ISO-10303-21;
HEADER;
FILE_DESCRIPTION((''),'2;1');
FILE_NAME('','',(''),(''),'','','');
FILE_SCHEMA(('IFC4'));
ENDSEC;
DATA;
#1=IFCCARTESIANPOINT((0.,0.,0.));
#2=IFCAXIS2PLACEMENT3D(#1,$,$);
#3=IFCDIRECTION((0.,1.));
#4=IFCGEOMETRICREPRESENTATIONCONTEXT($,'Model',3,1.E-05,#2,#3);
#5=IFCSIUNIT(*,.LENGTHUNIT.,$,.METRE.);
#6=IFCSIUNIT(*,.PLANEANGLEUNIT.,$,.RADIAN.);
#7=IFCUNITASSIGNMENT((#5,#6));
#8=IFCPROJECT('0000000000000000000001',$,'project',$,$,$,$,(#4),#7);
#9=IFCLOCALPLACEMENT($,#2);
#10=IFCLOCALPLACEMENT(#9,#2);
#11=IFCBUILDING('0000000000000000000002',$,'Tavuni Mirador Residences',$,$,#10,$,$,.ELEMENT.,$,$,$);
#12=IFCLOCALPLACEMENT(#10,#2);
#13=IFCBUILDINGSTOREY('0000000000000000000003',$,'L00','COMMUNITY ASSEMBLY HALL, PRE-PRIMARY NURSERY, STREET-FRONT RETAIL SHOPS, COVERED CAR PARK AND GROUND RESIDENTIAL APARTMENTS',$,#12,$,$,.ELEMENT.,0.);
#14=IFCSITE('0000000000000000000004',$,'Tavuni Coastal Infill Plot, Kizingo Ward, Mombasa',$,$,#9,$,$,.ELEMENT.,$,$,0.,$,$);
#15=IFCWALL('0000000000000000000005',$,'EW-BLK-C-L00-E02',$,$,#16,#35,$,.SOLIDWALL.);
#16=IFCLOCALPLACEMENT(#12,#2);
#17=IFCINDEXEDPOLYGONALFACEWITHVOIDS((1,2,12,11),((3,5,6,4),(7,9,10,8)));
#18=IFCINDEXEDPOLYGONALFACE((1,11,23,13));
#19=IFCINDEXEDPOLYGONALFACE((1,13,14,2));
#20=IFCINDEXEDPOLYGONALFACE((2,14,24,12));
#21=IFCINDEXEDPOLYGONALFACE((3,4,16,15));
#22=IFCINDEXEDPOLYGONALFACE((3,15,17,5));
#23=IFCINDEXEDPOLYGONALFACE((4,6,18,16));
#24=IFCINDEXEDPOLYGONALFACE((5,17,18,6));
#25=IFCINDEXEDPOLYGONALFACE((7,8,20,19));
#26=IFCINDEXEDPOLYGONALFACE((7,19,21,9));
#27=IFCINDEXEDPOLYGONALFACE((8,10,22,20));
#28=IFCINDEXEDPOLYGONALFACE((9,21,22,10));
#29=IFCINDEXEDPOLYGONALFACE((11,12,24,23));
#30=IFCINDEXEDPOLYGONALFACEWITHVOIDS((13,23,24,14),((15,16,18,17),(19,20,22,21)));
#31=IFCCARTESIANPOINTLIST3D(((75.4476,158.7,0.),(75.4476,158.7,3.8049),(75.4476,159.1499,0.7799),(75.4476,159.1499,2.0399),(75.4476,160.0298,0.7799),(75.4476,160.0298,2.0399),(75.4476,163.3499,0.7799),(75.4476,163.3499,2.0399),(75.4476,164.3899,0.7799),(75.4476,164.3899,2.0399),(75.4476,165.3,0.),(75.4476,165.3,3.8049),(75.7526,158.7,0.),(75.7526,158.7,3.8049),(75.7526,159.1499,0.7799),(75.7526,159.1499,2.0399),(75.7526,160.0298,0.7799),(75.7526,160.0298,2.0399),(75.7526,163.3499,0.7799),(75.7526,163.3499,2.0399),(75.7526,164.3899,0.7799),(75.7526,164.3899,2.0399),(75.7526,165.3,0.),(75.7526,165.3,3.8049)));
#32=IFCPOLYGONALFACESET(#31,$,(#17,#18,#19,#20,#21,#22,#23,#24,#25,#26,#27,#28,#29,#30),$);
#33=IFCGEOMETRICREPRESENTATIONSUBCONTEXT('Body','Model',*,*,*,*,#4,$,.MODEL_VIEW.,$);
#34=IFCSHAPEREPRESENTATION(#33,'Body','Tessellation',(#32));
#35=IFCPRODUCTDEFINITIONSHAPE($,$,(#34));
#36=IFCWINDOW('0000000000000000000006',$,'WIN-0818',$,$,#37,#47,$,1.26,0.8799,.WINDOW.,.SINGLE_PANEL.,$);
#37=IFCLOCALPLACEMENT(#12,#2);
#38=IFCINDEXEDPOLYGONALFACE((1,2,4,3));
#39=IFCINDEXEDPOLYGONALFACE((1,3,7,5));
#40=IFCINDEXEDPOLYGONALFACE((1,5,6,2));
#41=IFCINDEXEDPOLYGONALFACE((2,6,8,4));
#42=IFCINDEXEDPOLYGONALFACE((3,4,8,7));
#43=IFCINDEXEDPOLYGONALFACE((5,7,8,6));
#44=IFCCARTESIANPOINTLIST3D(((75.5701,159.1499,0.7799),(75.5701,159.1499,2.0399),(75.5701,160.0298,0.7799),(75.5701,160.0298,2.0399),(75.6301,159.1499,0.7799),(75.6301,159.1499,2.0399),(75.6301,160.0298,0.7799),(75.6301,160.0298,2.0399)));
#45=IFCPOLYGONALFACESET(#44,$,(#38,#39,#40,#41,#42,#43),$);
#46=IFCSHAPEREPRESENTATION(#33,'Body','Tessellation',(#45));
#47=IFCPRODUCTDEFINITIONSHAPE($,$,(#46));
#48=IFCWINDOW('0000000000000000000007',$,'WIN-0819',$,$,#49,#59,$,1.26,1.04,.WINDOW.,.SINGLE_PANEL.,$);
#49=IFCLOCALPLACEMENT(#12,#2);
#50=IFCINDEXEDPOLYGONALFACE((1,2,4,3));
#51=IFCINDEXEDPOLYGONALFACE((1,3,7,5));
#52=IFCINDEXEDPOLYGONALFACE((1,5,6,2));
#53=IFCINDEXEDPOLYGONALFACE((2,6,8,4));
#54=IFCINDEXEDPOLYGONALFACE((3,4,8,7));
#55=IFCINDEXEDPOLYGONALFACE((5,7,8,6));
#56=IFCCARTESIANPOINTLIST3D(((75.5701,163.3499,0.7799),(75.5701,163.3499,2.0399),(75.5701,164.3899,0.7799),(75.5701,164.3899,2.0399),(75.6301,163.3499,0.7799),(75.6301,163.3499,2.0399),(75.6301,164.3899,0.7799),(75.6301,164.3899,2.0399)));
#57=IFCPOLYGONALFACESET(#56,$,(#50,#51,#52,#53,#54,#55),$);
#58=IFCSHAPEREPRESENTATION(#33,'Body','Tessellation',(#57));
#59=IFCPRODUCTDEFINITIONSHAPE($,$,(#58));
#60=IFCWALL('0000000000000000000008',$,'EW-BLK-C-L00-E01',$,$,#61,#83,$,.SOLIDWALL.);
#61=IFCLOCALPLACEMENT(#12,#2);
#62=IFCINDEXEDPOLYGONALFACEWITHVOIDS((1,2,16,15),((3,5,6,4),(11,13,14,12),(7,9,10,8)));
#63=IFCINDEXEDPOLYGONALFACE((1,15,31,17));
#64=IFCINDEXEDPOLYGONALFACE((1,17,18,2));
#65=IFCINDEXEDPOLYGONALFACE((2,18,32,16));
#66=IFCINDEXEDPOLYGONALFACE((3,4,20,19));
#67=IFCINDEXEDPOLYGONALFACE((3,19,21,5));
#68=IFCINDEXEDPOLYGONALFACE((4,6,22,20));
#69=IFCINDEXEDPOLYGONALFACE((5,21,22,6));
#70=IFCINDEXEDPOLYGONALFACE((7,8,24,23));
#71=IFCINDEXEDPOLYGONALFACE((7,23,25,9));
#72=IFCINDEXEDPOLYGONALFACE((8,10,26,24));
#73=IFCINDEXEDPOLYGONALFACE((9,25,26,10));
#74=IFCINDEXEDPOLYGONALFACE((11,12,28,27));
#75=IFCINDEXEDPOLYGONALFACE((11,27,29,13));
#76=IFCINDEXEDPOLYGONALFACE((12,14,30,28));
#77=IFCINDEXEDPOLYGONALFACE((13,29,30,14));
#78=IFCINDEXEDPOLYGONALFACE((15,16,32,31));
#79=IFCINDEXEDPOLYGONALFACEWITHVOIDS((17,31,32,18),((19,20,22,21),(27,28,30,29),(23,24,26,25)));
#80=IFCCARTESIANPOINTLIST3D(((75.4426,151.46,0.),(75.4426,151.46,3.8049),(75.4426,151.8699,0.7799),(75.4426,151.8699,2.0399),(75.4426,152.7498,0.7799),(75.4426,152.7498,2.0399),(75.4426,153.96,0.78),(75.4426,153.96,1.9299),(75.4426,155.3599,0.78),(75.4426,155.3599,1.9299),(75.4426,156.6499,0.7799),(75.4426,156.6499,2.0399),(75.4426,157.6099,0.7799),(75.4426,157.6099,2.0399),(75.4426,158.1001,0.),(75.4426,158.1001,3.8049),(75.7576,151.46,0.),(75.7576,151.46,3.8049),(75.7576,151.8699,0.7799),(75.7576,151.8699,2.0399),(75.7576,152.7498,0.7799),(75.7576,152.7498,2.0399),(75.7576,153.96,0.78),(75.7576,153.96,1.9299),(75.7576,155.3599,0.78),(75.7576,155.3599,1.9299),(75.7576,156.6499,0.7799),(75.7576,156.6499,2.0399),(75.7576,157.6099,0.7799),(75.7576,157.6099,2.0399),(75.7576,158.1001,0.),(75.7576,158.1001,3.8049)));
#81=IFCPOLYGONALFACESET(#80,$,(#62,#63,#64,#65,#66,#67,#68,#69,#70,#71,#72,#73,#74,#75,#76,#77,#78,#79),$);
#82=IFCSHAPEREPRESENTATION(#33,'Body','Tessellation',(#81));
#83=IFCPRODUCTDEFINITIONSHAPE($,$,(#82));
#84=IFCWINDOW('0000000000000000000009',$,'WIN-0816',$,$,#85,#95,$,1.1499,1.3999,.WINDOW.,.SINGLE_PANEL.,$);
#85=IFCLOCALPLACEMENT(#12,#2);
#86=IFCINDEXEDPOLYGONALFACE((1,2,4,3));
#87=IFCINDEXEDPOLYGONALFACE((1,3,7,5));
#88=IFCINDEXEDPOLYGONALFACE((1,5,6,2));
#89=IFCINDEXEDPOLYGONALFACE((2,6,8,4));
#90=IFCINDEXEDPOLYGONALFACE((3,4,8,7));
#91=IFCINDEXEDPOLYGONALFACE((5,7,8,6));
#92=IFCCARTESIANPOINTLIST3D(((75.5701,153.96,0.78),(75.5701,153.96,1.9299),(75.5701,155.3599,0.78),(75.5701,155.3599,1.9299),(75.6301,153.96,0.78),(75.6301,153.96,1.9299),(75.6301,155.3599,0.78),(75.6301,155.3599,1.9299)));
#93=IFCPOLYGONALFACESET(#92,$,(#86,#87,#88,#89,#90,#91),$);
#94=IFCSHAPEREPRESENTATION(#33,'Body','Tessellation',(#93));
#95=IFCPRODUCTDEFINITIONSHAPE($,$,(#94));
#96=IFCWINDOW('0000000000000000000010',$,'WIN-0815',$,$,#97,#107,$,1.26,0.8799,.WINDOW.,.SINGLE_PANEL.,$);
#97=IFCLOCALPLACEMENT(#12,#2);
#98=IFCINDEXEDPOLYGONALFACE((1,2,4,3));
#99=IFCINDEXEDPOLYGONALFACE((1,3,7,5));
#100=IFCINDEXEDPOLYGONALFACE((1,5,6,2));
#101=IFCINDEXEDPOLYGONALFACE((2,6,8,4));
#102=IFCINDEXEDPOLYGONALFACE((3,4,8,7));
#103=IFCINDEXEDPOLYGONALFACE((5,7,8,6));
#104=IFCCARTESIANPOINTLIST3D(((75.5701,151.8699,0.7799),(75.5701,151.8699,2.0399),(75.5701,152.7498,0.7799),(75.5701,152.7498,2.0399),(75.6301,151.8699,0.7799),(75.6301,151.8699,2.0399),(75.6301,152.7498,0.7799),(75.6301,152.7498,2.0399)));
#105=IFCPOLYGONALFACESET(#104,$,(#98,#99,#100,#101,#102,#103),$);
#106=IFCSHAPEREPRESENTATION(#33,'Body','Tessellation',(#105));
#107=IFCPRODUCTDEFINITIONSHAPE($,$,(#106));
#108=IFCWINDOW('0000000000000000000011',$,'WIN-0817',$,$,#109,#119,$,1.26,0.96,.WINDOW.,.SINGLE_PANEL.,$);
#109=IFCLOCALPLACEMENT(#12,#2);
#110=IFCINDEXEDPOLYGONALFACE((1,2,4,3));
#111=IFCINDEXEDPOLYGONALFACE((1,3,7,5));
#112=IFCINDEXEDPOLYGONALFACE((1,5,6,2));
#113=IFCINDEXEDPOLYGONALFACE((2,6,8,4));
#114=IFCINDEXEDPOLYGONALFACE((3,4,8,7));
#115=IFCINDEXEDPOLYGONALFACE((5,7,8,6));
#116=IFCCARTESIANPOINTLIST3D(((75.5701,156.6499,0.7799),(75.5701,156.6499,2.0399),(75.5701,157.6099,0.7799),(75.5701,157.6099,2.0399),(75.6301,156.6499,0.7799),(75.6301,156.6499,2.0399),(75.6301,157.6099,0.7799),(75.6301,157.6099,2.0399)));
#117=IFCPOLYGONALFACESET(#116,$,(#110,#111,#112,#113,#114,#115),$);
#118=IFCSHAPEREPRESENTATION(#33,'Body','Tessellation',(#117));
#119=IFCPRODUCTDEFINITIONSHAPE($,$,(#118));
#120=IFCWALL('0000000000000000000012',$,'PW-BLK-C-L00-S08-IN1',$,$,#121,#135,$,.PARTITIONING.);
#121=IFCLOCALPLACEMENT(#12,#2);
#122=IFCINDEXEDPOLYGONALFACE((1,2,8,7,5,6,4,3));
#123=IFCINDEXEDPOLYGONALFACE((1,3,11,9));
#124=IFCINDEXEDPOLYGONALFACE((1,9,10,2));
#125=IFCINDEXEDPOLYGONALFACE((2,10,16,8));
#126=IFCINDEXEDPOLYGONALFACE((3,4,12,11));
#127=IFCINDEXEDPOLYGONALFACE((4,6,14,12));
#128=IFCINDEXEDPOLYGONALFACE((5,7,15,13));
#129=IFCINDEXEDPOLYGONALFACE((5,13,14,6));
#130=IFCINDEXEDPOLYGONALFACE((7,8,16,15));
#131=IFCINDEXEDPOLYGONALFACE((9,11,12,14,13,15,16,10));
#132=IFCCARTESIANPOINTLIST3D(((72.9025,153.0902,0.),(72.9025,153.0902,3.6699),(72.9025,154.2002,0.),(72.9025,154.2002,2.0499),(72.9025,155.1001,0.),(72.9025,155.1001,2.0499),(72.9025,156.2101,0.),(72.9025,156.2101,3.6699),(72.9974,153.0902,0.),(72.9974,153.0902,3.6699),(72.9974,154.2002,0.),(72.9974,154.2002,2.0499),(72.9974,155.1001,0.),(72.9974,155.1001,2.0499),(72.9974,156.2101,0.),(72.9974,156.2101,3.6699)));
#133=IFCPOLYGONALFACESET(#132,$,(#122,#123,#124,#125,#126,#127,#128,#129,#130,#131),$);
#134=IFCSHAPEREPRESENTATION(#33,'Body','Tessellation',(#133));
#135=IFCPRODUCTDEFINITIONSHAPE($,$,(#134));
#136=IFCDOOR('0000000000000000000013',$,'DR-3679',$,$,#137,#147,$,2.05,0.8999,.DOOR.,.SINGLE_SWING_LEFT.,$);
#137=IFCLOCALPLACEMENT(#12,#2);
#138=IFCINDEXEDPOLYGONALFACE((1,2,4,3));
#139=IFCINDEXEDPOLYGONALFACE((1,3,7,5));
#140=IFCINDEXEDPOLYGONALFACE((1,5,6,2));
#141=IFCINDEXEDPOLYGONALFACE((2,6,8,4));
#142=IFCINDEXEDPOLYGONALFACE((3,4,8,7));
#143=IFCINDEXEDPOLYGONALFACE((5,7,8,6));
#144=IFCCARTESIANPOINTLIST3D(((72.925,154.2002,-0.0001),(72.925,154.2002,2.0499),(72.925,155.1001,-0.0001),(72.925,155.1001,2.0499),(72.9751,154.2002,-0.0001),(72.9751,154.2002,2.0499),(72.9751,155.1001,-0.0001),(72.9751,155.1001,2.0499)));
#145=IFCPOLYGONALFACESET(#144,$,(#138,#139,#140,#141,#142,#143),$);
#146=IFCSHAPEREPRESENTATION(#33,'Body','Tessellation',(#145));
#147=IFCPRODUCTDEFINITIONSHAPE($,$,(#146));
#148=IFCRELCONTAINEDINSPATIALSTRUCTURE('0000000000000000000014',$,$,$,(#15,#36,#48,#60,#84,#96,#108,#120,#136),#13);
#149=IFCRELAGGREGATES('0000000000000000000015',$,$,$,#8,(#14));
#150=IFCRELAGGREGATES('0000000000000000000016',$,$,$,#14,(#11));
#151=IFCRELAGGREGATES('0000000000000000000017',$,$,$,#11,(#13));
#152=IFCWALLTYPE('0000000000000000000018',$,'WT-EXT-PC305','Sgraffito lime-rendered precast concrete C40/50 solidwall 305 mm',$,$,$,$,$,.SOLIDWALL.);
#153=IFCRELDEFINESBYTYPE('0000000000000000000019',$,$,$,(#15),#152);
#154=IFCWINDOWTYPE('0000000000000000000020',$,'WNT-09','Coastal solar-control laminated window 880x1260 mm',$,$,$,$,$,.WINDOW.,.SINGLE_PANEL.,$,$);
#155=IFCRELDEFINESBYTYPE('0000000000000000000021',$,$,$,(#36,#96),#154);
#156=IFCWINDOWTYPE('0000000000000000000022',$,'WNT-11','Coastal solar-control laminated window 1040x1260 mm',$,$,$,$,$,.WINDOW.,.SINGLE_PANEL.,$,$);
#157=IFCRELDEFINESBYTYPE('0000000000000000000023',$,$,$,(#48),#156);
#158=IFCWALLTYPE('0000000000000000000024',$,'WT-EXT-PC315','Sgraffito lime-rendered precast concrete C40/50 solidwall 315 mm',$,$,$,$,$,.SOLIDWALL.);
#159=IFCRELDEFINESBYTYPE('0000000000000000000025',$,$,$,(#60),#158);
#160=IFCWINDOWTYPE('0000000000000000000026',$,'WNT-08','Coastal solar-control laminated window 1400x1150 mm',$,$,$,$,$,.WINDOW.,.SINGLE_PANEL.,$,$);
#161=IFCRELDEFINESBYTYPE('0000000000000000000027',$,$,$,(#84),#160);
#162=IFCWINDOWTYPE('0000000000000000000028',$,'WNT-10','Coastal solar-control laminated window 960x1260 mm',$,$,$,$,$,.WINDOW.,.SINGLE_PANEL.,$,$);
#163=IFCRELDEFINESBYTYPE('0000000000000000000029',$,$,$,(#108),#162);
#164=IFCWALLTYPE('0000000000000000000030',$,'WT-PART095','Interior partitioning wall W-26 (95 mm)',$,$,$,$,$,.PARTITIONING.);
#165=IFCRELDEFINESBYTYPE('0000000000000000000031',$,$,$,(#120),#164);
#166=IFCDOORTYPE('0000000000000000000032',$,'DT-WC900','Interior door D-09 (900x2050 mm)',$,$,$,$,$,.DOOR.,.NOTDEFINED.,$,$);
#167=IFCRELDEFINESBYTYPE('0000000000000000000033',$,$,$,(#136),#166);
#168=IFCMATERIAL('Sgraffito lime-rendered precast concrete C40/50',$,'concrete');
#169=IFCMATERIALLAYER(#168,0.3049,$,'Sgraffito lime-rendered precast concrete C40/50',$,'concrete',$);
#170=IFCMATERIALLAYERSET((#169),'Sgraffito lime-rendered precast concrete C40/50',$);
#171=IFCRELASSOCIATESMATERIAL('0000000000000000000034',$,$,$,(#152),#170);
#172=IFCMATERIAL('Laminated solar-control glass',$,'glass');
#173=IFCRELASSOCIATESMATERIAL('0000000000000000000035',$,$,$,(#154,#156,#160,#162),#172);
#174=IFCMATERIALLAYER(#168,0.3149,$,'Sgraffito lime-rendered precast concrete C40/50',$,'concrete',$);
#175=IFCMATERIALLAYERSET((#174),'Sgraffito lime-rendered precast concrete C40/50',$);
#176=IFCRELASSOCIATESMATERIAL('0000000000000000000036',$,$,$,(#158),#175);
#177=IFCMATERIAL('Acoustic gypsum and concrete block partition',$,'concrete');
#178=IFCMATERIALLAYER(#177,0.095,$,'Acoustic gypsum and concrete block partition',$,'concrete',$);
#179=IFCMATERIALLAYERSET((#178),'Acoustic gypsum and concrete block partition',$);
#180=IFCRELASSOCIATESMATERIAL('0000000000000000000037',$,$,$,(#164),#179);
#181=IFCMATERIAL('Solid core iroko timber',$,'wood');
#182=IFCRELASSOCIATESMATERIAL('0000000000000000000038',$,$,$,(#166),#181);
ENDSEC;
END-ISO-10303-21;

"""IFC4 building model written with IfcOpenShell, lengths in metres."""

from ifc_helpers import new_model, si_unit, direction, frame, frame_2d, origin, place, context, subcontext, project, spatial, rectangle, extrude, material, layer, layer_set, type_object, element, fill, save


model = new_model("IFC4")

# Units and contexts
model_context = context("Model", 3, precision=1e-05, world=origin(), true_north=direction((0.0, 1.0)))
body_context = subcontext(model_context, "Body", "Model", "MODEL_VIEW")
ifc_project = project(units=[si_unit("LENGTHUNIT", "METRE"), si_unit("PLANEANGLEUNIT", "RADIAN")], contexts=[model_context])

# Site, building, storey
site_placement = place(None, origin())
site = spatial("IfcSite", under=ifc_project, at=site_placement, Name="Tavuni Coastal Infill Plot, Kizingo Ward, Mombasa", CompositionType="ELEMENT", RefElevation=0.0)
building_placement = place(site_placement, origin())
building = spatial("IfcBuilding", under=site, at=building_placement, Name="Tavuni Mirador Residences", CompositionType="ELEMENT")
storey_placement = place(building_placement, origin())
storey = spatial("IfcBuildingStorey", under=building, at=storey_placement, Name="L00", Description="COMMUNITY ASSEMBLY HALL, PRE-PRIMARY NURSERY, STREET-FRONT RETAIL SHOPS, COVERED CAR PARK AND GROUND RESIDENTIAL APARTMENTS", CompositionType="ELEMENT", Elevation=0.0)

# Shared definitions
ifc_material_1 = material(Name="Solid core iroko timber", Category="wood")

# Walls, openings, windows
ifc_material_2 = material(Name="Sgraffito lime-rendered precast concrete C40/50", Category="concrete")
ifc_layer_1 = layer(ifc_material_2, 0.3049, Name="Sgraffito lime-rendered precast concrete C40/50", Category="concrete")
ifc_layer_set_1 = layer_set([ifc_layer_1], Name="Sgraffito lime-rendered precast concrete C40/50")
wall_type_1 = type_object("IfcWallType", Name="WT-EXT-PC305", Description="Sgraffito lime-rendered precast concrete C40/50 solidwall 305 mm", PredefinedType="SOLIDWALL", material=ifc_layer_set_1)
wall_1_placement = place(storey_placement, frame((75.6001, 158.7, 0.0), z_axis=(0.0, 0.0, 1.0), x_axis=(0.0, 1.0, 0.0)))
wall_1 = element("IfcWall", 1, at=wall_1_placement, inside=storey, type_object=wall_type_1, Name="EW-BLK-C-L00-E02", PredefinedType="SOLIDWALL", context=body_context, shape_type="SweptSolid", body=[
    extrude(rectangle(XDim=6.6001, YDim=0.3049, at=frame_2d((3.3, 0.0))), origin(), (0.0, 0.0, 1.0), 3.8049),
])
opening_1_placement = place(wall_1_placement, frame((0.45, 0.0, 0.78)))
opening_1 = element("IfcOpeningElement", 2, at=opening_1_placement, cuts=wall_1, PredefinedType="OPENING", context=body_context, shape_type="SweptSolid", body=[
    extrude(rectangle(XDim=0.8799, YDim=1.26, at=frame_2d((0.4399, 0.6299))), frame((0.0, 0.1626, 0.0), z_axis=(0.0, -1.0, 0.0), x_axis=(1.0, 0.0, 0.0)), (0.0, 0.0, 1.0), 0.325),
])
opening_2_placement = place(wall_1_placement, frame((4.6499, 0.0, 0.78)))
opening_2 = element("IfcOpeningElement", 3, at=opening_2_placement, cuts=wall_1, PredefinedType="OPENING", context=body_context, shape_type="SweptSolid", body=[
    extrude(rectangle(XDim=1.04, YDim=1.26, at=frame_2d((0.52, 0.6299))), frame((0.0, 0.1626, 0.0), z_axis=(0.0, -1.0, 0.0), x_axis=(1.0, 0.0, 0.0)), (0.0, 0.0, 1.0), 0.325),
])
ifc_material_3 = material(Name="Laminated solar-control glass", Category="glass")
window_type_1 = type_object("IfcWindowType", Name="WNT-09", Description="Coastal solar-control laminated window 880x1260 mm", PartitioningType="SINGLE_PANEL", PredefinedType="WINDOW", material=ifc_material_3)
window_1_placement = place(opening_1_placement, origin())
window_1 = element("IfcWindow", 4, at=window_1_placement, inside=storey, type_object=window_type_1, Name="WIN-0818", OverallHeight=1.26, OverallWidth=0.8799, PartitioningType="SINGLE_PANEL", PredefinedType="WINDOW", context=body_context, shape_type="SweptSolid", body=[
    extrude(rectangle(XDim=0.8799, YDim=1.26, at=frame_2d((0.4399, 0.6299))), frame((0.0, 0.03, 0.0), z_axis=(0.0, -1.0, 0.0), x_axis=(1.0, 0.0, 0.0)), (0.0, 0.0, 1.0), 0.0601),
])
fill(opening_1, window_1)
window_type_2 = type_object("IfcWindowType", Name="WNT-11", Description="Coastal solar-control laminated window 1040x1260 mm", PartitioningType="SINGLE_PANEL", PredefinedType="WINDOW", material=ifc_material_3)
window_2_placement = place(opening_2_placement, origin())
window_2 = element("IfcWindow", 5, at=window_2_placement, inside=storey, type_object=window_type_2, Name="WIN-0819", OverallHeight=1.26, OverallWidth=1.04, PartitioningType="SINGLE_PANEL", PredefinedType="WINDOW", context=body_context, shape_type="SweptSolid", body=[
    extrude(rectangle(XDim=1.04, YDim=1.26, at=frame_2d((0.52, 0.6299))), frame((0.0, 0.03, 0.0), z_axis=(0.0, -1.0, 0.0), x_axis=(1.0, 0.0, 0.0)), (0.0, 0.0, 1.0), 0.0601),
])
fill(opening_2, window_2)
ifc_layer_2 = layer(ifc_material_2, 0.3149, Name="Sgraffito lime-rendered precast concrete C40/50", Category="concrete")
ifc_layer_set_2 = layer_set([ifc_layer_2], Name="Sgraffito lime-rendered precast concrete C40/50")
wall_type_2 = type_object("IfcWallType", Name="WT-EXT-PC315", Description="Sgraffito lime-rendered precast concrete C40/50 solidwall 315 mm", PredefinedType="SOLIDWALL", material=ifc_layer_set_2)
wall_2_placement = place(storey_placement, frame((75.6001, 151.46, 0.0), z_axis=(0.0, 0.0, 1.0), x_axis=(0.0, 1.0, 0.0)))
wall_2 = element("IfcWall", 6, at=wall_2_placement, inside=storey, type_object=wall_type_2, Name="EW-BLK-C-L00-E01", PredefinedType="SOLIDWALL", context=body_context, shape_type="SweptSolid", body=[
    extrude(rectangle(XDim=6.6401, YDim=0.3149, at=frame_2d((3.3201, 0.0))), origin(), (0.0, 0.0, 1.0), 3.8049),
])
opening_3_placement = place(wall_2_placement, frame((0.4099, 0.0, 0.78)))
opening_3 = element("IfcOpeningElement", 7, at=opening_3_placement, cuts=wall_2, PredefinedType="OPENING", context=body_context, shape_type="SweptSolid", body=[
    extrude(rectangle(XDim=0.8799, YDim=1.26, at=frame_2d((0.4399, 0.6299))), frame((0.0, 0.1675, 0.0), z_axis=(0.0, -1.0, 0.0), x_axis=(1.0, 0.0, 0.0)), (0.0, 0.0, 1.0), 0.335),
])
opening_4_placement = place(wall_2_placement, frame((2.5, 0.0, 0.78)))
opening_4 = element("IfcOpeningElement", 8, at=opening_4_placement, cuts=wall_2, PredefinedType="OPENING", context=body_context, shape_type="SweptSolid", body=[
    extrude(rectangle(XDim=1.3999, YDim=1.1499, at=frame_2d((0.7, 0.575))), frame((0.0, 0.1675, 0.0), z_axis=(0.0, -1.0, 0.0), x_axis=(1.0, 0.0, 0.0)), (0.0, 0.0, 1.0), 0.335),
])
opening_5_placement = place(wall_2_placement, frame((5.1899, 0.0, 0.78)))
opening_5 = element("IfcOpeningElement", 9, at=opening_5_placement, cuts=wall_2, PredefinedType="OPENING", context=body_context, shape_type="SweptSolid", body=[
    extrude(rectangle(XDim=0.96, YDim=1.26, at=frame_2d((0.48, 0.6299))), frame((0.0, 0.1675, 0.0), z_axis=(0.0, -1.0, 0.0), x_axis=(1.0, 0.0, 0.0)), (0.0, 0.0, 1.0), 0.335),
])
window_type_3 = type_object("IfcWindowType", Name="WNT-08", Description="Coastal solar-control laminated window 1400x1150 mm", PartitioningType="SINGLE_PANEL", PredefinedType="WINDOW", material=ifc_material_3)
window_3_placement = place(opening_4_placement, origin())
window_3 = element("IfcWindow", 10, at=window_3_placement, inside=storey, type_object=window_type_3, Name="WIN-0816", OverallHeight=1.1499, OverallWidth=1.3999, PartitioningType="SINGLE_PANEL", PredefinedType="WINDOW", context=body_context, shape_type="SweptSolid", body=[
    extrude(rectangle(XDim=1.3999, YDim=1.1499, at=frame_2d((0.7, 0.575))), frame((0.0, 0.03, 0.0), z_axis=(0.0, -1.0, 0.0), x_axis=(1.0, 0.0, 0.0)), (0.0, 0.0, 1.0), 0.0601),
])
fill(opening_4, window_3)
window_4_placement = place(opening_3_placement, origin())
window_4 = element("IfcWindow", 11, at=window_4_placement, inside=storey, type_object=window_type_1, Name="WIN-0815", OverallHeight=1.26, OverallWidth=0.8799, PartitioningType="SINGLE_PANEL", PredefinedType="WINDOW", context=body_context, shape_type="SweptSolid", body=[
    extrude(rectangle(XDim=0.8799, YDim=1.26, at=frame_2d((0.4399, 0.6299))), frame((0.0, 0.03, 0.0), z_axis=(0.0, -1.0, 0.0), x_axis=(1.0, 0.0, 0.0)), (0.0, 0.0, 1.0), 0.0601),
])
fill(opening_3, window_4)
window_type_4 = type_object("IfcWindowType", Name="WNT-10", Description="Coastal solar-control laminated window 960x1260 mm", PartitioningType="SINGLE_PANEL", PredefinedType="WINDOW", material=ifc_material_3)
window_5_placement = place(opening_5_placement, origin())
window_5 = element("IfcWindow", 12, at=window_5_placement, inside=storey, type_object=window_type_4, Name="WIN-0817", OverallHeight=1.26, OverallWidth=0.96, PartitioningType="SINGLE_PANEL", PredefinedType="WINDOW", context=body_context, shape_type="SweptSolid", body=[
    extrude(rectangle(XDim=0.96, YDim=1.26, at=frame_2d((0.48, 0.6299))), frame((0.0, 0.03, 0.0), z_axis=(0.0, -1.0, 0.0), x_axis=(1.0, 0.0, 0.0)), (0.0, 0.0, 1.0), 0.0601),
])
fill(opening_5, window_5)

# Wall, opening, door
ifc_material_4 = material(Name="Acoustic gypsum and concrete block partition", Category="concrete")
ifc_layer_3 = layer(ifc_material_4, 0.095, Name="Acoustic gypsum and concrete block partition", Category="concrete")
ifc_layer_set_3 = layer_set([ifc_layer_3], Name="Acoustic gypsum and concrete block partition")
wall_type_3 = type_object("IfcWallType", Name="WT-PART095", Description="Interior partitioning wall W-26 (95 mm)", PredefinedType="PARTITIONING", material=ifc_layer_set_3)
wall_3_placement = place(storey_placement, frame((72.95, 153.0901, 0.0), z_axis=(0.0, 0.0, 1.0), x_axis=(0.0, 1.0, 0.0)))
wall_3 = element("IfcWall", 13, at=wall_3_placement, inside=storey, type_object=wall_type_3, Name="PW-BLK-C-L00-S08-IN1", PredefinedType="PARTITIONING", context=body_context, shape_type="SweptSolid", body=[
    extrude(rectangle(XDim=3.1199, YDim=0.095, at=frame_2d((1.5601, 0.0))), origin(), (0.0, 0.0, 1.0), 3.6699),
])
opening_6_placement = place(wall_3_placement, frame((1.1101, 0.0, 0.0)))
opening_6 = element("IfcOpeningElement", 14, at=opening_6_placement, cuts=wall_3, PredefinedType="OPENING", context=body_context, shape_type="SweptSolid", body=[
    extrude(rectangle(XDim=0.8999, YDim=2.05, at=frame_2d((0.45, 1.0249))), frame((0.0, 0.0576, 0.0), z_axis=(0.0, -1.0, 0.0), x_axis=(1.0, 0.0, 0.0)), (0.0, 0.0, 1.0), 0.115),
])
door_type_1 = type_object("IfcDoorType", Name="DT-WC900", Description="Interior door D-09 (900x2050 mm)", OperationType="NOTDEFINED", PredefinedType="DOOR", material=ifc_material_1)
door_1_placement = place(opening_6_placement, origin())
door_1 = element("IfcDoor", 15, at=door_1_placement, inside=storey, type_object=door_type_1, Name="DR-3679", OperationType="SINGLE_SWING_LEFT", OverallHeight=2.05, OverallWidth=0.8999, PredefinedType="DOOR", context=body_context, shape_type="SweptSolid", body=[
    extrude(rectangle(XDim=0.8999, YDim=2.05, at=frame_2d((0.45, 1.0249))), frame((0.0, 0.0249, 0.0), z_axis=(0.0, -1.0, 0.0), x_axis=(1.0, 0.0, 0.0)), (0.0, 0.0, 1.0), 0.05),
])
fill(opening_6, door_1)

save(model, "model.ifc")
